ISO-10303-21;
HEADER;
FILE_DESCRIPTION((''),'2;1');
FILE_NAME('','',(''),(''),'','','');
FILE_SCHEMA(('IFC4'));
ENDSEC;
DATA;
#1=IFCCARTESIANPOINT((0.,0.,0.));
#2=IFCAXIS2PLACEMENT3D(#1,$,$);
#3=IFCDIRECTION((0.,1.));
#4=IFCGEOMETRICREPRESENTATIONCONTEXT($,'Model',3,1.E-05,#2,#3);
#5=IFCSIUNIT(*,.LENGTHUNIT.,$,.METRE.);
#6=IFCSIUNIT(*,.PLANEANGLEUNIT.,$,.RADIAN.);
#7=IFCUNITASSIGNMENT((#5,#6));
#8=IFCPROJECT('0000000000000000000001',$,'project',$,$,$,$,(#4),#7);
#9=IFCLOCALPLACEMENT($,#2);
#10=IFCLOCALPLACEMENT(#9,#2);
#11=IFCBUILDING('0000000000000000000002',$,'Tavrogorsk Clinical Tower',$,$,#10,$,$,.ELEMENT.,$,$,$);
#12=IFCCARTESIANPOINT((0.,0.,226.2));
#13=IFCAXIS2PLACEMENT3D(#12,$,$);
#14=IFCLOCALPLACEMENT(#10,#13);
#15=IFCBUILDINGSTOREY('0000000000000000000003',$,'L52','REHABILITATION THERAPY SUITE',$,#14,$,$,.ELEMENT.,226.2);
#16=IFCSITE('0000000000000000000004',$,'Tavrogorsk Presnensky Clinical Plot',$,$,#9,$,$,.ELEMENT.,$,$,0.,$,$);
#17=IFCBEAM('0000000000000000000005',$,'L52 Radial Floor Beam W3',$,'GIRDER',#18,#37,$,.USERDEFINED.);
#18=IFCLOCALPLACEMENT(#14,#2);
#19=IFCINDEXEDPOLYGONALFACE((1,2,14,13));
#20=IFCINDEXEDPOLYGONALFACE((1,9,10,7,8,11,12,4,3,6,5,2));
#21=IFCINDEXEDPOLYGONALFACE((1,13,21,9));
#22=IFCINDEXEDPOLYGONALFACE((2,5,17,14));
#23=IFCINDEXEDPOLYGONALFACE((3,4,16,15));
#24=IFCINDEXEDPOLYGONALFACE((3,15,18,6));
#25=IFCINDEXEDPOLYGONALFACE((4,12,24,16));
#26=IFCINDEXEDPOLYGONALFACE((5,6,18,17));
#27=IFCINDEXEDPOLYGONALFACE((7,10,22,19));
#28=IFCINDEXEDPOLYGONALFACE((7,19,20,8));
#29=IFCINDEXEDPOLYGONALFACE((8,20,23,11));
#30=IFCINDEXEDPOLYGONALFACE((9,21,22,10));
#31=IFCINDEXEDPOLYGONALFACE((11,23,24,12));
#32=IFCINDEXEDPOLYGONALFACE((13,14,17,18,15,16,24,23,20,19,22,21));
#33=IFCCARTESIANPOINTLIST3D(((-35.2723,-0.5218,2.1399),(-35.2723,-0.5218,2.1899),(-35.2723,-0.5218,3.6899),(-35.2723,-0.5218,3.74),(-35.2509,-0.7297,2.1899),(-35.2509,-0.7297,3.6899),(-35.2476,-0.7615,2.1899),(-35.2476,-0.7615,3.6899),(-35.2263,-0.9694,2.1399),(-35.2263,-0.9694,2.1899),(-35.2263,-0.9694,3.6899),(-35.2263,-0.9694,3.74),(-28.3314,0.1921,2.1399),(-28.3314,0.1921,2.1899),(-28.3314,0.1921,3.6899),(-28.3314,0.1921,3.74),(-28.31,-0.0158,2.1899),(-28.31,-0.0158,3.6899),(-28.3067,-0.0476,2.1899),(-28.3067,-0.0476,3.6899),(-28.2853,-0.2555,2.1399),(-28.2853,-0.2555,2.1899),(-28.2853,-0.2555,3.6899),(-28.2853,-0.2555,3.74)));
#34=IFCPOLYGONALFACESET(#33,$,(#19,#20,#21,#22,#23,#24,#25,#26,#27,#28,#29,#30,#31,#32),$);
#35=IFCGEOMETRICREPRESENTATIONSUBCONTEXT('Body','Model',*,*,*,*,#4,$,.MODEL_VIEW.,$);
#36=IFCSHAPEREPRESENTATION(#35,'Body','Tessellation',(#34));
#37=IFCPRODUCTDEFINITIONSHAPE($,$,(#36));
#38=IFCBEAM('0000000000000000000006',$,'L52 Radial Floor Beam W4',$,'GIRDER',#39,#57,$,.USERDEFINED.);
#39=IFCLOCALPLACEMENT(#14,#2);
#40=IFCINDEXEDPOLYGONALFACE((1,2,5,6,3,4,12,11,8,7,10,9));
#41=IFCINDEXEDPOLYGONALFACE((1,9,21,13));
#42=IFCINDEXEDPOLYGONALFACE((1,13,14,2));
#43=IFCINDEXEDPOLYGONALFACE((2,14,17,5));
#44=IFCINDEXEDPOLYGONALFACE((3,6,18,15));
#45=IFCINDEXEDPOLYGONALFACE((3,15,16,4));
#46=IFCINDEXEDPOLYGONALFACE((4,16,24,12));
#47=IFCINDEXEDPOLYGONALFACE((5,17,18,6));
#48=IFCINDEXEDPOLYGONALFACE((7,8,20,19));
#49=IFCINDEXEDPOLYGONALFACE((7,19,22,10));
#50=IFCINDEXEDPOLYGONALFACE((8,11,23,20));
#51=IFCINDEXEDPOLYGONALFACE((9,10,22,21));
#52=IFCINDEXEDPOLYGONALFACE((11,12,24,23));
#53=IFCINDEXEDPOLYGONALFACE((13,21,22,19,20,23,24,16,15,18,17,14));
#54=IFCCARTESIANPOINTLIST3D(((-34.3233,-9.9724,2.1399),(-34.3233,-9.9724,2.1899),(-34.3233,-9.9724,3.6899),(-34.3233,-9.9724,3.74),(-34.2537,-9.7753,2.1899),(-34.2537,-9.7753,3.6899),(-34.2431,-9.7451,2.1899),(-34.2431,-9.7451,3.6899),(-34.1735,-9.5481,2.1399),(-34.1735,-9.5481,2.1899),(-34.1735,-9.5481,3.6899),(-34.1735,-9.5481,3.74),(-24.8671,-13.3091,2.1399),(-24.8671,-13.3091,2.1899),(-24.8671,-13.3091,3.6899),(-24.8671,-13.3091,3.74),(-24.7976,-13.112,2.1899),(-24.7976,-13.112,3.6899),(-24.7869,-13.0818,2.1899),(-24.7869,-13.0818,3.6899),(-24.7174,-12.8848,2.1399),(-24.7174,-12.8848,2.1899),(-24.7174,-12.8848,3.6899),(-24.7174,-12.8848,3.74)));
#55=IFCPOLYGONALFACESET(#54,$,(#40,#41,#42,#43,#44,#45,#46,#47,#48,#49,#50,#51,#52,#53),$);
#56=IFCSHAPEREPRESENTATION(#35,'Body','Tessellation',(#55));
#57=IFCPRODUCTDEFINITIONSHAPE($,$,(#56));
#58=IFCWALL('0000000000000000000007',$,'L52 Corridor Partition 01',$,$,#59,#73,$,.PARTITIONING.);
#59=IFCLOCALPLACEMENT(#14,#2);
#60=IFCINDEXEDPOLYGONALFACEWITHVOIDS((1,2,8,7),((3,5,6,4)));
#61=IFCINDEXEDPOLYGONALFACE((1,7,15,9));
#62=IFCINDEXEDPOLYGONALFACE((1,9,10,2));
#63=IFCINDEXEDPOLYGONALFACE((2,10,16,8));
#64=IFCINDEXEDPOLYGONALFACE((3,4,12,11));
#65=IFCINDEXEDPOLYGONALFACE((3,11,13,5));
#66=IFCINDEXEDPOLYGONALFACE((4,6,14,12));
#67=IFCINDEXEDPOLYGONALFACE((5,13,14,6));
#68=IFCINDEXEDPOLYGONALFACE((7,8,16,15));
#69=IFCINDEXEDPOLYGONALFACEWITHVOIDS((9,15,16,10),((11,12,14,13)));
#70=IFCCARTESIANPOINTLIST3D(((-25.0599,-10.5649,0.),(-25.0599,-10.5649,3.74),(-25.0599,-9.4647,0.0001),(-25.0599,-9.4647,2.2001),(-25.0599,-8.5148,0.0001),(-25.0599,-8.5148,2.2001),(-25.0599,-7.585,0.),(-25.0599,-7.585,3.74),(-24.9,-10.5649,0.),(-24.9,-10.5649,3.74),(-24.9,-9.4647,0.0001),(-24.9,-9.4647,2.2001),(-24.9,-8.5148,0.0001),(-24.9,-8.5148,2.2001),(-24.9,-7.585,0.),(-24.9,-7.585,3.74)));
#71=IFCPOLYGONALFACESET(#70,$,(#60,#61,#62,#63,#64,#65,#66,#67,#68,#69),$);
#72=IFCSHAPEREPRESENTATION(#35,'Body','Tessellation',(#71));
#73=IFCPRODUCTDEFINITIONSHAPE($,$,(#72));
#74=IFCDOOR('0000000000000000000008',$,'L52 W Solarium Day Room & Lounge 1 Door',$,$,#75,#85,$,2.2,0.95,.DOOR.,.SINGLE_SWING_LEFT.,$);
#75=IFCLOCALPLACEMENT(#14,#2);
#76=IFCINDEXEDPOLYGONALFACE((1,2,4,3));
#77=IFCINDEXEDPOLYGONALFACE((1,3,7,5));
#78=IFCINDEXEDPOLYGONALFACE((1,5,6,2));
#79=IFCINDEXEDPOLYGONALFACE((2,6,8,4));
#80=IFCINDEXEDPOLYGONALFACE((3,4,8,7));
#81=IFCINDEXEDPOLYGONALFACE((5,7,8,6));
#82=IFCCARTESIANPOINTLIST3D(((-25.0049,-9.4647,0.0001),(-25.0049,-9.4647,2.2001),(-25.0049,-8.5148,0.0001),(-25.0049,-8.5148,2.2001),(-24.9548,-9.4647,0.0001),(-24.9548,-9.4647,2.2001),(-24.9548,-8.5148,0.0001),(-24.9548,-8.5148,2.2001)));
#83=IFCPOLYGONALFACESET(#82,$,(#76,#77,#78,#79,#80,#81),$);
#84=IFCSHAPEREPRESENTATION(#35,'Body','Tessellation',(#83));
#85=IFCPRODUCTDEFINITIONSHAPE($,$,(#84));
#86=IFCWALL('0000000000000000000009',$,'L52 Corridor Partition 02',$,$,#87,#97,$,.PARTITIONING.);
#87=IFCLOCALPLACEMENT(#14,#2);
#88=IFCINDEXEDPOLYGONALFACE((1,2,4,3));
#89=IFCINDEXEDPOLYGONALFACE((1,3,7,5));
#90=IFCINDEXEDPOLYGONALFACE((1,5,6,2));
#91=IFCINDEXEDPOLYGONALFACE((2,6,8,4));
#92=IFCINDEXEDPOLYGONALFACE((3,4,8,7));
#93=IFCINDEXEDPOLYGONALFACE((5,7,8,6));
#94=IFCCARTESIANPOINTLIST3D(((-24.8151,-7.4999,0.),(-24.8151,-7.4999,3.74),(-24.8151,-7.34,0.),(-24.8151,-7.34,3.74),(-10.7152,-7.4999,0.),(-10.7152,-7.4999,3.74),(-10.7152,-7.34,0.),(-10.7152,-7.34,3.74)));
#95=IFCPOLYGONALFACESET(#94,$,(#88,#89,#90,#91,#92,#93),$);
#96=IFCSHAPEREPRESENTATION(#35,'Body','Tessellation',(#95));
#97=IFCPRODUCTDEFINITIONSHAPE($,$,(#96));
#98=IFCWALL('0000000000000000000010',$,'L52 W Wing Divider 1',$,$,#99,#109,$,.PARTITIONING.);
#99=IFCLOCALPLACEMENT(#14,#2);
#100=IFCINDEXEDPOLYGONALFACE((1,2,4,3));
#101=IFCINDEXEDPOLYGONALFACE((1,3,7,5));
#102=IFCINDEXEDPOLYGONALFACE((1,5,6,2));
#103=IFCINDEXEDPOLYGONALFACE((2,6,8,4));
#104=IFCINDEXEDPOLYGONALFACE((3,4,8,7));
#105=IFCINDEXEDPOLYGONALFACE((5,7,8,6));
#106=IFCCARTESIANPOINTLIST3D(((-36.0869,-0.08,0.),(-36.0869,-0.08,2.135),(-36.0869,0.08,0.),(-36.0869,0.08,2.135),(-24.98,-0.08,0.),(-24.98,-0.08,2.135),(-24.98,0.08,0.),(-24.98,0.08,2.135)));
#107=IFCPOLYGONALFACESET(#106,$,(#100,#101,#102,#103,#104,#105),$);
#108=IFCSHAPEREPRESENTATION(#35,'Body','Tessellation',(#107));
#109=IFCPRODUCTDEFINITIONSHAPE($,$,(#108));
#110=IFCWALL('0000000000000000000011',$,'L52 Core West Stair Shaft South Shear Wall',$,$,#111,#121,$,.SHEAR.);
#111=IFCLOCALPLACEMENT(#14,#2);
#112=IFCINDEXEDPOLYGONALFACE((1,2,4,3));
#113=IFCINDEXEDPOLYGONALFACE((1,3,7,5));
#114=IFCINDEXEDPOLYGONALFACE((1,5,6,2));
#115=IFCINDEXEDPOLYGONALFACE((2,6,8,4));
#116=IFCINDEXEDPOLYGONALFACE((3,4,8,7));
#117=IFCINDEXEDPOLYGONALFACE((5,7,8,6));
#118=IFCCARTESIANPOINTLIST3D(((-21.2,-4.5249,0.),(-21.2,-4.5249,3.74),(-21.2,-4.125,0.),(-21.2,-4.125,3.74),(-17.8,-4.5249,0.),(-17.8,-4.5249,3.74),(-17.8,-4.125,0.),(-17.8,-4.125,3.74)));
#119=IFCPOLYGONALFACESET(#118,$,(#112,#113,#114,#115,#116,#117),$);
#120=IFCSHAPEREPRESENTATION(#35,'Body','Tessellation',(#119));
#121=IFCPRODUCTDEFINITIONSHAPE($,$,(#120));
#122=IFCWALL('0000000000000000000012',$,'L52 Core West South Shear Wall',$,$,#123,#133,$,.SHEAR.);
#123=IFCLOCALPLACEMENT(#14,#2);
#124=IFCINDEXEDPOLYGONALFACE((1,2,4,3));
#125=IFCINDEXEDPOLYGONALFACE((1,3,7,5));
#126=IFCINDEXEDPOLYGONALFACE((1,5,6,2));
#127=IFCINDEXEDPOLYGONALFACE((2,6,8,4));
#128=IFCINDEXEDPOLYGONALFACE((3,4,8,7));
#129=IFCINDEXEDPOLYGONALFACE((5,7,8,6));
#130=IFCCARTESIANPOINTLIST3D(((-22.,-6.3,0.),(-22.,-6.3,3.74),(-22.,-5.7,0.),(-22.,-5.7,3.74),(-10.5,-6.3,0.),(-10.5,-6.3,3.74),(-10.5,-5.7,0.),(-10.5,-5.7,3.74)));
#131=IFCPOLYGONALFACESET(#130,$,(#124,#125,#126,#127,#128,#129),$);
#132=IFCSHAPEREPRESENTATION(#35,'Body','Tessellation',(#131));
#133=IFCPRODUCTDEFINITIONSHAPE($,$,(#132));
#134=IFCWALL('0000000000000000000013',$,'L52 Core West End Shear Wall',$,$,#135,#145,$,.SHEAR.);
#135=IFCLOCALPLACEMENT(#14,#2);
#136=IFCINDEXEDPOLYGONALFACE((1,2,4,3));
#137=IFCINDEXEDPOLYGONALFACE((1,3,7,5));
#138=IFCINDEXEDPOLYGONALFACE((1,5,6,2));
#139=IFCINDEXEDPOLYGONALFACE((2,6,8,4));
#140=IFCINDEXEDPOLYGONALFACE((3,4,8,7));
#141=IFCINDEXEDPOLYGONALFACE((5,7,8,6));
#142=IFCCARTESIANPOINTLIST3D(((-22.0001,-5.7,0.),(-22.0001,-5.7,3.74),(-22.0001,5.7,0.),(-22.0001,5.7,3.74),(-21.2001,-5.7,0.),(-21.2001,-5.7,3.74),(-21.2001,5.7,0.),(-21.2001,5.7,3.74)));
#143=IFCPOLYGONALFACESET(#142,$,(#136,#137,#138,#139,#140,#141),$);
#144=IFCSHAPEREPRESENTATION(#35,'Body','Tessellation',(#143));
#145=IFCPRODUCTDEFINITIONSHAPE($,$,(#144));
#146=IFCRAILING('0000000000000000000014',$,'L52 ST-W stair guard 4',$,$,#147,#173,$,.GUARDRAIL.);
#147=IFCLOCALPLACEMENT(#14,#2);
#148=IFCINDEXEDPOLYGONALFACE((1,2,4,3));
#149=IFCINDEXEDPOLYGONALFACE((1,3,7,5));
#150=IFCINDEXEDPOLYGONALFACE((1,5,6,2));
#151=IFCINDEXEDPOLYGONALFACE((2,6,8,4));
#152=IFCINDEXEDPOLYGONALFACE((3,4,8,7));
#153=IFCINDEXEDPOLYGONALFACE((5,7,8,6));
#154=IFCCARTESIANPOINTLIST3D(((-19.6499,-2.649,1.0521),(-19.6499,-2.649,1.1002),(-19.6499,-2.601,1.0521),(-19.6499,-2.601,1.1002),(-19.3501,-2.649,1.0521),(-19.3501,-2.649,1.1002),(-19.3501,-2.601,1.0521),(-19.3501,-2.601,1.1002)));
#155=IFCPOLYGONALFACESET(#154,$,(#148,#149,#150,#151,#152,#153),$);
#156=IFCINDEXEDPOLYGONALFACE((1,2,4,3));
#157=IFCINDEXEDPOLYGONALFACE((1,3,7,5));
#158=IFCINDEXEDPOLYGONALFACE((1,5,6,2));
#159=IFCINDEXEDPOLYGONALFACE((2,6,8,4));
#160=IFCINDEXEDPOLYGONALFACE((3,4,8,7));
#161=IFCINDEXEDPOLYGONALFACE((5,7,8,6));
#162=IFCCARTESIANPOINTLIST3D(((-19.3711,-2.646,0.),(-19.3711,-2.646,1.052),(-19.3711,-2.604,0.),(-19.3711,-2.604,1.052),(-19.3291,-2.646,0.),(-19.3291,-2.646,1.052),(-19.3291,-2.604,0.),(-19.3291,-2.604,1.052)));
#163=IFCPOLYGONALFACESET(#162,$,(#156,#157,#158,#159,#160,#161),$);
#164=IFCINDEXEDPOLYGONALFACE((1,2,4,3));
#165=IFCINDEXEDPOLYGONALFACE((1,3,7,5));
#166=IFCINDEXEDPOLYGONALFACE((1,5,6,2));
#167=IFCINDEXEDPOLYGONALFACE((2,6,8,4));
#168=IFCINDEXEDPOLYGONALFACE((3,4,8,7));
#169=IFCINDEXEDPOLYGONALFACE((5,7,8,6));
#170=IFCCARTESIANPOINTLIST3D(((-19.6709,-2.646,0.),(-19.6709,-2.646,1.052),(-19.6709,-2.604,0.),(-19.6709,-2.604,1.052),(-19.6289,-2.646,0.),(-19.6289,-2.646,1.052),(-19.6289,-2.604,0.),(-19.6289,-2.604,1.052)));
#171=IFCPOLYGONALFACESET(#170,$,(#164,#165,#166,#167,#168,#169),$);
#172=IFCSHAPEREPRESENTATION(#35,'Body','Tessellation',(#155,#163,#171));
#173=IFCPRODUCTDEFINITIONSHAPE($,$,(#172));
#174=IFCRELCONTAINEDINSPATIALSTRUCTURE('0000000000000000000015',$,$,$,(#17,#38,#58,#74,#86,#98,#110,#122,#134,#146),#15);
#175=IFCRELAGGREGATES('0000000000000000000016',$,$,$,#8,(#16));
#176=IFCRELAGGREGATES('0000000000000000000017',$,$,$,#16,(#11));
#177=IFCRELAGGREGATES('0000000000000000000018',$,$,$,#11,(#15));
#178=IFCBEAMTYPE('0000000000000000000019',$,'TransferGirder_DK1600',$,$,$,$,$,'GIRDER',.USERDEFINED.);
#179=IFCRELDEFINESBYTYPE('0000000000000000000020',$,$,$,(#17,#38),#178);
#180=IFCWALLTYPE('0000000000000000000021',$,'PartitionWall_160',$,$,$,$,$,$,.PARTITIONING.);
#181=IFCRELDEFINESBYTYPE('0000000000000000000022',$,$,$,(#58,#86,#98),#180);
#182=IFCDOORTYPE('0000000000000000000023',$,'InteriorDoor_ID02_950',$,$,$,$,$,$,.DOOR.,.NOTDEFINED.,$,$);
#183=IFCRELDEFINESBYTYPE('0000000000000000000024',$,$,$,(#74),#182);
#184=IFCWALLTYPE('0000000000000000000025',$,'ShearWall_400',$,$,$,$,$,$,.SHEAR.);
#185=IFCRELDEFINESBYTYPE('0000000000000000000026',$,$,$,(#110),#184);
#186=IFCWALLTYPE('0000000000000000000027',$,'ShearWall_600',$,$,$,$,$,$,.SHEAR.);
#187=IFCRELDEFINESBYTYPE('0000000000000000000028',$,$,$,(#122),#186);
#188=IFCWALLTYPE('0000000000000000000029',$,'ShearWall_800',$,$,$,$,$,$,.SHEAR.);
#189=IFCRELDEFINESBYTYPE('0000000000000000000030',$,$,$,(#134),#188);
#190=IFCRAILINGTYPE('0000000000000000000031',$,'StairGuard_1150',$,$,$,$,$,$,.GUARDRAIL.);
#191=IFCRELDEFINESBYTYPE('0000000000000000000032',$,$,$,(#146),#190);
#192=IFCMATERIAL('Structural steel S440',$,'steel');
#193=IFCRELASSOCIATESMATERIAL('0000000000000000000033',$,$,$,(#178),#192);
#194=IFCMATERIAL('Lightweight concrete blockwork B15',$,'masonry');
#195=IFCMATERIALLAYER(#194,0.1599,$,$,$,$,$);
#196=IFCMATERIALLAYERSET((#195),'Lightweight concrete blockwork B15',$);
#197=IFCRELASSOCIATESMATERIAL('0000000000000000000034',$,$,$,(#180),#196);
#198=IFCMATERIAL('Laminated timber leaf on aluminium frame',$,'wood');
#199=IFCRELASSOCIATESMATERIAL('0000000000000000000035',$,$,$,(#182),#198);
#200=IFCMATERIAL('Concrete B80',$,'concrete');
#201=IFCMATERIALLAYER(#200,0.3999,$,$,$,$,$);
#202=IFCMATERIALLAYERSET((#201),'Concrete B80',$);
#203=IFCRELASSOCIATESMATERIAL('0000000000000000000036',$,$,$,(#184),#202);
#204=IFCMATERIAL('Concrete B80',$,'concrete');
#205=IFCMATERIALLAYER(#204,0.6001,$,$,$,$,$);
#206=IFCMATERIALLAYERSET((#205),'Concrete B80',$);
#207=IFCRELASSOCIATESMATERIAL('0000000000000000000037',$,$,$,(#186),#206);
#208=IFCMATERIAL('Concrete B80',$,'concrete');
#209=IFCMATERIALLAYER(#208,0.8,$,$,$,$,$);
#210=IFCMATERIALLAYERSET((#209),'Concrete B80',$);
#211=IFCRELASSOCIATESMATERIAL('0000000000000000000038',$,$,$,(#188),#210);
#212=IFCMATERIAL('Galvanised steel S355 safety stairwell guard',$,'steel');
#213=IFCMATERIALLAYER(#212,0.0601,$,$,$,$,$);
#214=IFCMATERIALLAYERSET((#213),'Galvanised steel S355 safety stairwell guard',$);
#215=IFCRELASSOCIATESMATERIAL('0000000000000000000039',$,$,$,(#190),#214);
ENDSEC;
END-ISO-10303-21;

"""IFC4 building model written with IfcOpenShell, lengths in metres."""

from ifc_helpers import new_model, si_unit, direction, frame, frame_2d, origin, origin_2d, place, context, subcontext, project, spatial, rectangle, i_section, extrude, material, layer, layer_set, material_profile, profile_set, type_object, element, fill, save


model = new_model("IFC4")

# Units and contexts
model_context = context("Model", 3, precision=1e-05, world=origin(), true_north=direction((0.0, 1.0)))
body_context = subcontext(model_context, "Body", "Model", "MODEL_VIEW")
ifc_project = project(units=[si_unit("LENGTHUNIT", "METRE"), si_unit("PLANEANGLEUNIT", "RADIAN")], contexts=[model_context])

# Site, building, storey
site_placement = place(None, origin())
site = spatial("IfcSite", under=ifc_project, at=site_placement, Name="Tavrogorsk Presnensky Clinical Plot", CompositionType="ELEMENT", RefElevation=0.0)
building_placement = place(site_placement, origin())
building = spatial("IfcBuilding", under=site, at=building_placement, Name="Tavrogorsk Clinical Tower", CompositionType="ELEMENT")
storey_placement = place(building_placement, frame((0.0, 0.0, 226.2)))
storey = spatial("IfcBuildingStorey", under=building, at=storey_placement, Name="L52", Description="REHABILITATION THERAPY SUITE", CompositionType="ELEMENT", Elevation=226.2)

# Beams
ifc_material_1 = material(Name="Structural steel S440", Category="steel")
ifc_material_profile_1 = material_profile(ifc_material_1, i_section(OverallWidth=0.45, OverallDepth=1.6001, WebThickness=0.032, FlangeThickness=0.05, at=origin_2d()), Name="DK-1600x450x32x50")
ifc_profile_set_1 = profile_set([ifc_material_profile_1], Name="Structural steel S440")
beam_type_1 = type_object("IfcBeamType", Name="TransferGirder_DK1600", ElementType="GIRDER", PredefinedType="USERDEFINED", material=ifc_profile_set_1)
beam_1_placement = place(storey_placement, frame((-28.3083, -0.0317, 2.9399), z_axis=(-0.994753, -0.102309, 0.0), x_axis=(0.102309, -0.994753, 0.0)))
element("IfcBeam", 1, at=beam_1_placement, inside=storey, type_object=beam_type_1, Name="L52 Radial Floor Beam W3", ObjectType="GIRDER", PredefinedType="USERDEFINED", context=body_context, shape_type="SweptSolid", body=[
    extrude(i_section(OverallWidth=0.45, OverallDepth=1.6001, WebThickness=0.032, FlangeThickness=0.05, at=origin_2d()), origin(), (0.0, 0.0, 1.0), 6.9775),
])
beam_2_placement = place(storey_placement, frame((-24.7922, -13.0969, 2.9399), z_axis=(-0.943014, 0.332753, 0.0), x_axis=(-0.332753, -0.943014, 0.0)))
element("IfcBeam", 2, at=beam_2_placement, inside=storey, type_object=beam_type_1, Name="L52 Radial Floor Beam W4", ObjectType="GIRDER", PredefinedType="USERDEFINED", context=body_context, shape_type="SweptSolid", body=[
    extrude(i_section(OverallWidth=0.45, OverallDepth=1.6001, WebThickness=0.032, FlangeThickness=0.05, at=origin_2d()), origin(), (0.0, 0.0, 1.0), 10.0276),
])

# Wall, opening, door
ifc_material_2 = material(Name="Lightweight concrete blockwork B15", Category="masonry")
ifc_layer_1 = layer(ifc_material_2, 0.1599)
ifc_layer_set_1 = layer_set([ifc_layer_1], Name="Lightweight concrete blockwork B15")
wall_type_1 = type_object("IfcWallType", Name="PartitionWall_160", PredefinedType="PARTITIONING", material=ifc_layer_set_1)
wall_1_placement = place(storey_placement, frame((-24.98, -10.5649, 0.0), z_axis=(0.0, 0.0, 1.0), x_axis=(0.0, 1.0, 0.0)))
wall_1 = element("IfcWall", 3, at=wall_1_placement, inside=storey, type_object=wall_type_1, Name="L52 Corridor Partition 01", PredefinedType="PARTITIONING", context=body_context, shape_type="SweptSolid", body=[
    extrude(rectangle(XDim=2.98, YDim=0.1599, at=frame_2d((1.49, 0.0))), origin(), (0.0, 0.0, 1.0), 3.74),
])
opening_placement = place(wall_1_placement, frame((1.1001, 0.0, 0.0)))
opening = element("IfcOpeningElement", 4, at=opening_placement, cuts=wall_1, PredefinedType="OPENING", context=body_context, shape_type="SweptSolid", body=[
    extrude(rectangle(XDim=0.95, YDim=2.2, at=frame_2d((0.4751, 1.1001))), frame((0.0, 0.0898, 0.0), z_axis=(0.0, -1.0, 0.0), x_axis=(1.0, 0.0, 0.0)), (0.0, 0.0, 1.0), 0.1799),
])
ifc_material_3 = material(Name="Laminated timber leaf on aluminium frame", Category="wood")
door_type = type_object("IfcDoorType", Name="InteriorDoor_ID02_950", OperationType="NOTDEFINED", PredefinedType="DOOR", material=ifc_material_3)
door_placement = place(opening_placement, origin())
door = element("IfcDoor", 5, at=door_placement, inside=storey, type_object=door_type, Name="L52 W Solarium Day Room & Lounge 1 Door", OperationType="SINGLE_SWING_LEFT", OverallHeight=2.2, OverallWidth=0.95, PredefinedType="DOOR", context=body_context, shape_type="SweptSolid", body=[
    extrude(rectangle(XDim=0.95, YDim=2.2, at=frame_2d((0.4751, 1.1001))), frame((0.0, 0.0249, 0.0), z_axis=(0.0, -1.0, 0.0), x_axis=(1.0, 0.0, 0.0)), (0.0, 0.0, 1.0), 0.05),
])
fill(opening, door)

# Walls
wall_2_placement = place(storey_placement, frame((-24.8149, -7.4199, 0.0), z_axis=(0.0, 0.0, 1.0), x_axis=(1.0, 0.0, 0.0)))
element("IfcWall", 6, at=wall_2_placement, inside=storey, type_object=wall_type_1, Name="L52 Corridor Partition 02", PredefinedType="PARTITIONING", context=body_context, shape_type="SweptSolid", body=[
    extrude(rectangle(XDim=14.0999, YDim=0.1599, at=frame_2d((7.0498, 0.0))), origin(), (0.0, 0.0, 1.0), 3.74),
])
wall_3_placement = place(storey_placement, frame((-36.0869, 0.0, 0.0), z_axis=(0.0, 0.0, 1.0), x_axis=(1.0, 0.0, 0.0)))
element("IfcWall", 7, at=wall_3_placement, inside=storey, type_object=wall_type_1, Name="L52 W Wing Divider 1", PredefinedType="PARTITIONING", context=body_context, shape_type="SweptSolid", body=[
    extrude(rectangle(XDim=11.1069, YDim=0.1599, at=frame_2d((5.5535, 0.0))), origin(), (0.0, 0.0, 1.0), 2.135),
])
ifc_material_4 = material(Name="Concrete B80", Category="concrete")
ifc_layer_2 = layer(ifc_material_4, 0.3999)
ifc_layer_set_2 = layer_set([ifc_layer_2], Name="Concrete B80")
wall_type_2 = type_object("IfcWallType", Name="ShearWall_400", PredefinedType="SHEAR", material=ifc_layer_set_2)
wall_4_placement = place(storey_placement, frame((-21.2, -4.325, 0.0), z_axis=(0.0, 0.0, 1.0), x_axis=(1.0, 0.0, 0.0)))
element("IfcWall", 8, at=wall_4_placement, inside=storey, type_object=wall_type_2, Name="L52 Core West Stair Shaft South Shear Wall", PredefinedType="SHEAR", context=body_context, shape_type="SweptSolid", body=[
    extrude(rectangle(XDim=3.3999, YDim=0.3999, at=frame_2d((1.7, 0.0))), origin(), (0.0, 0.0, 1.0), 3.74),
])
ifc_material_5 = material(Name="Concrete B80", Category="concrete")
ifc_layer_3 = layer(ifc_material_5, 0.6001)
ifc_layer_set_3 = layer_set([ifc_layer_3], Name="Concrete B80")
wall_type_3 = type_object("IfcWallType", Name="ShearWall_600", PredefinedType="SHEAR", material=ifc_layer_set_3)
wall_5_placement = place(storey_placement, frame((-22.0, -6.0, 0.0), z_axis=(0.0, 0.0, 1.0), x_axis=(1.0, 0.0, 0.0)))
element("IfcWall", 9, at=wall_5_placement, inside=storey, type_object=wall_type_3, Name="L52 Core West South Shear Wall", PredefinedType="SHEAR", context=body_context, shape_type="SweptSolid", body=[
    extrude(rectangle(XDim=11.5, YDim=0.6001, at=frame_2d((5.75, 0.0))), origin(), (0.0, 0.0, 1.0), 3.74),
])
ifc_material_6 = material(Name="Concrete B80", Category="concrete")
ifc_layer_4 = layer(ifc_material_6, 0.8)
ifc_layer_set_4 = layer_set([ifc_layer_4], Name="Concrete B80")
wall_type_4 = type_object("IfcWallType", Name="ShearWall_800", PredefinedType="SHEAR", material=ifc_layer_set_4)
wall_6_placement = place(storey_placement, frame((-21.6001, -5.7, 0.0), z_axis=(0.0, 0.0, 1.0), x_axis=(0.0, 1.0, 0.0)))
element("IfcWall", 10, at=wall_6_placement, inside=storey, type_object=wall_type_4, Name="L52 Core West End Shear Wall", PredefinedType="SHEAR", context=body_context, shape_type="SweptSolid", body=[
    extrude(rectangle(XDim=11.3999, YDim=0.8, at=frame_2d((5.7, 0.0))), origin(), (0.0, 0.0, 1.0), 3.74),
])

# Railing
ifc_material_7 = material(Name="Galvanised steel S355 safety stairwell guard", Category="steel")
ifc_layer_5 = layer(ifc_material_7, 0.0601)
ifc_layer_set_5 = layer_set([ifc_layer_5], Name="Galvanised steel S355 safety stairwell guard")
railing_type = type_object("IfcRailingType", Name="StairGuard_1150", PredefinedType="GUARDRAIL", material=ifc_layer_set_5)
railing_placement = place(storey_placement, frame((-19.3501, -2.625, 0.0)))
element("IfcRailing", 11, at=railing_placement, inside=storey, type_object=railing_type, Name="L52 ST-W stair guard 4", PredefinedType="GUARDRAIL", context=body_context, shape_type="SweptSolid", body=[
    extrude(rectangle(XDim=0.0481, YDim=0.0481, at=origin_2d()), frame((0.0, 0.0, 1.0762), z_axis=(-1.0, 0.0, 0.0), x_axis=(0.0, -1.0, 0.0)), (0.0, 0.0, 1.0), 0.2998),
    extrude(rectangle(XDim=0.042, YDim=0.042, at=origin_2d()), origin(), (0.0, 0.0, 1.0), 1.052),
    extrude(rectangle(XDim=0.042, YDim=0.042, at=origin_2d()), frame((-0.2998, 0.0, 0.0)), (0.0, 0.0, 1.0), 1.052),
])

save(model, "model.ifc")
